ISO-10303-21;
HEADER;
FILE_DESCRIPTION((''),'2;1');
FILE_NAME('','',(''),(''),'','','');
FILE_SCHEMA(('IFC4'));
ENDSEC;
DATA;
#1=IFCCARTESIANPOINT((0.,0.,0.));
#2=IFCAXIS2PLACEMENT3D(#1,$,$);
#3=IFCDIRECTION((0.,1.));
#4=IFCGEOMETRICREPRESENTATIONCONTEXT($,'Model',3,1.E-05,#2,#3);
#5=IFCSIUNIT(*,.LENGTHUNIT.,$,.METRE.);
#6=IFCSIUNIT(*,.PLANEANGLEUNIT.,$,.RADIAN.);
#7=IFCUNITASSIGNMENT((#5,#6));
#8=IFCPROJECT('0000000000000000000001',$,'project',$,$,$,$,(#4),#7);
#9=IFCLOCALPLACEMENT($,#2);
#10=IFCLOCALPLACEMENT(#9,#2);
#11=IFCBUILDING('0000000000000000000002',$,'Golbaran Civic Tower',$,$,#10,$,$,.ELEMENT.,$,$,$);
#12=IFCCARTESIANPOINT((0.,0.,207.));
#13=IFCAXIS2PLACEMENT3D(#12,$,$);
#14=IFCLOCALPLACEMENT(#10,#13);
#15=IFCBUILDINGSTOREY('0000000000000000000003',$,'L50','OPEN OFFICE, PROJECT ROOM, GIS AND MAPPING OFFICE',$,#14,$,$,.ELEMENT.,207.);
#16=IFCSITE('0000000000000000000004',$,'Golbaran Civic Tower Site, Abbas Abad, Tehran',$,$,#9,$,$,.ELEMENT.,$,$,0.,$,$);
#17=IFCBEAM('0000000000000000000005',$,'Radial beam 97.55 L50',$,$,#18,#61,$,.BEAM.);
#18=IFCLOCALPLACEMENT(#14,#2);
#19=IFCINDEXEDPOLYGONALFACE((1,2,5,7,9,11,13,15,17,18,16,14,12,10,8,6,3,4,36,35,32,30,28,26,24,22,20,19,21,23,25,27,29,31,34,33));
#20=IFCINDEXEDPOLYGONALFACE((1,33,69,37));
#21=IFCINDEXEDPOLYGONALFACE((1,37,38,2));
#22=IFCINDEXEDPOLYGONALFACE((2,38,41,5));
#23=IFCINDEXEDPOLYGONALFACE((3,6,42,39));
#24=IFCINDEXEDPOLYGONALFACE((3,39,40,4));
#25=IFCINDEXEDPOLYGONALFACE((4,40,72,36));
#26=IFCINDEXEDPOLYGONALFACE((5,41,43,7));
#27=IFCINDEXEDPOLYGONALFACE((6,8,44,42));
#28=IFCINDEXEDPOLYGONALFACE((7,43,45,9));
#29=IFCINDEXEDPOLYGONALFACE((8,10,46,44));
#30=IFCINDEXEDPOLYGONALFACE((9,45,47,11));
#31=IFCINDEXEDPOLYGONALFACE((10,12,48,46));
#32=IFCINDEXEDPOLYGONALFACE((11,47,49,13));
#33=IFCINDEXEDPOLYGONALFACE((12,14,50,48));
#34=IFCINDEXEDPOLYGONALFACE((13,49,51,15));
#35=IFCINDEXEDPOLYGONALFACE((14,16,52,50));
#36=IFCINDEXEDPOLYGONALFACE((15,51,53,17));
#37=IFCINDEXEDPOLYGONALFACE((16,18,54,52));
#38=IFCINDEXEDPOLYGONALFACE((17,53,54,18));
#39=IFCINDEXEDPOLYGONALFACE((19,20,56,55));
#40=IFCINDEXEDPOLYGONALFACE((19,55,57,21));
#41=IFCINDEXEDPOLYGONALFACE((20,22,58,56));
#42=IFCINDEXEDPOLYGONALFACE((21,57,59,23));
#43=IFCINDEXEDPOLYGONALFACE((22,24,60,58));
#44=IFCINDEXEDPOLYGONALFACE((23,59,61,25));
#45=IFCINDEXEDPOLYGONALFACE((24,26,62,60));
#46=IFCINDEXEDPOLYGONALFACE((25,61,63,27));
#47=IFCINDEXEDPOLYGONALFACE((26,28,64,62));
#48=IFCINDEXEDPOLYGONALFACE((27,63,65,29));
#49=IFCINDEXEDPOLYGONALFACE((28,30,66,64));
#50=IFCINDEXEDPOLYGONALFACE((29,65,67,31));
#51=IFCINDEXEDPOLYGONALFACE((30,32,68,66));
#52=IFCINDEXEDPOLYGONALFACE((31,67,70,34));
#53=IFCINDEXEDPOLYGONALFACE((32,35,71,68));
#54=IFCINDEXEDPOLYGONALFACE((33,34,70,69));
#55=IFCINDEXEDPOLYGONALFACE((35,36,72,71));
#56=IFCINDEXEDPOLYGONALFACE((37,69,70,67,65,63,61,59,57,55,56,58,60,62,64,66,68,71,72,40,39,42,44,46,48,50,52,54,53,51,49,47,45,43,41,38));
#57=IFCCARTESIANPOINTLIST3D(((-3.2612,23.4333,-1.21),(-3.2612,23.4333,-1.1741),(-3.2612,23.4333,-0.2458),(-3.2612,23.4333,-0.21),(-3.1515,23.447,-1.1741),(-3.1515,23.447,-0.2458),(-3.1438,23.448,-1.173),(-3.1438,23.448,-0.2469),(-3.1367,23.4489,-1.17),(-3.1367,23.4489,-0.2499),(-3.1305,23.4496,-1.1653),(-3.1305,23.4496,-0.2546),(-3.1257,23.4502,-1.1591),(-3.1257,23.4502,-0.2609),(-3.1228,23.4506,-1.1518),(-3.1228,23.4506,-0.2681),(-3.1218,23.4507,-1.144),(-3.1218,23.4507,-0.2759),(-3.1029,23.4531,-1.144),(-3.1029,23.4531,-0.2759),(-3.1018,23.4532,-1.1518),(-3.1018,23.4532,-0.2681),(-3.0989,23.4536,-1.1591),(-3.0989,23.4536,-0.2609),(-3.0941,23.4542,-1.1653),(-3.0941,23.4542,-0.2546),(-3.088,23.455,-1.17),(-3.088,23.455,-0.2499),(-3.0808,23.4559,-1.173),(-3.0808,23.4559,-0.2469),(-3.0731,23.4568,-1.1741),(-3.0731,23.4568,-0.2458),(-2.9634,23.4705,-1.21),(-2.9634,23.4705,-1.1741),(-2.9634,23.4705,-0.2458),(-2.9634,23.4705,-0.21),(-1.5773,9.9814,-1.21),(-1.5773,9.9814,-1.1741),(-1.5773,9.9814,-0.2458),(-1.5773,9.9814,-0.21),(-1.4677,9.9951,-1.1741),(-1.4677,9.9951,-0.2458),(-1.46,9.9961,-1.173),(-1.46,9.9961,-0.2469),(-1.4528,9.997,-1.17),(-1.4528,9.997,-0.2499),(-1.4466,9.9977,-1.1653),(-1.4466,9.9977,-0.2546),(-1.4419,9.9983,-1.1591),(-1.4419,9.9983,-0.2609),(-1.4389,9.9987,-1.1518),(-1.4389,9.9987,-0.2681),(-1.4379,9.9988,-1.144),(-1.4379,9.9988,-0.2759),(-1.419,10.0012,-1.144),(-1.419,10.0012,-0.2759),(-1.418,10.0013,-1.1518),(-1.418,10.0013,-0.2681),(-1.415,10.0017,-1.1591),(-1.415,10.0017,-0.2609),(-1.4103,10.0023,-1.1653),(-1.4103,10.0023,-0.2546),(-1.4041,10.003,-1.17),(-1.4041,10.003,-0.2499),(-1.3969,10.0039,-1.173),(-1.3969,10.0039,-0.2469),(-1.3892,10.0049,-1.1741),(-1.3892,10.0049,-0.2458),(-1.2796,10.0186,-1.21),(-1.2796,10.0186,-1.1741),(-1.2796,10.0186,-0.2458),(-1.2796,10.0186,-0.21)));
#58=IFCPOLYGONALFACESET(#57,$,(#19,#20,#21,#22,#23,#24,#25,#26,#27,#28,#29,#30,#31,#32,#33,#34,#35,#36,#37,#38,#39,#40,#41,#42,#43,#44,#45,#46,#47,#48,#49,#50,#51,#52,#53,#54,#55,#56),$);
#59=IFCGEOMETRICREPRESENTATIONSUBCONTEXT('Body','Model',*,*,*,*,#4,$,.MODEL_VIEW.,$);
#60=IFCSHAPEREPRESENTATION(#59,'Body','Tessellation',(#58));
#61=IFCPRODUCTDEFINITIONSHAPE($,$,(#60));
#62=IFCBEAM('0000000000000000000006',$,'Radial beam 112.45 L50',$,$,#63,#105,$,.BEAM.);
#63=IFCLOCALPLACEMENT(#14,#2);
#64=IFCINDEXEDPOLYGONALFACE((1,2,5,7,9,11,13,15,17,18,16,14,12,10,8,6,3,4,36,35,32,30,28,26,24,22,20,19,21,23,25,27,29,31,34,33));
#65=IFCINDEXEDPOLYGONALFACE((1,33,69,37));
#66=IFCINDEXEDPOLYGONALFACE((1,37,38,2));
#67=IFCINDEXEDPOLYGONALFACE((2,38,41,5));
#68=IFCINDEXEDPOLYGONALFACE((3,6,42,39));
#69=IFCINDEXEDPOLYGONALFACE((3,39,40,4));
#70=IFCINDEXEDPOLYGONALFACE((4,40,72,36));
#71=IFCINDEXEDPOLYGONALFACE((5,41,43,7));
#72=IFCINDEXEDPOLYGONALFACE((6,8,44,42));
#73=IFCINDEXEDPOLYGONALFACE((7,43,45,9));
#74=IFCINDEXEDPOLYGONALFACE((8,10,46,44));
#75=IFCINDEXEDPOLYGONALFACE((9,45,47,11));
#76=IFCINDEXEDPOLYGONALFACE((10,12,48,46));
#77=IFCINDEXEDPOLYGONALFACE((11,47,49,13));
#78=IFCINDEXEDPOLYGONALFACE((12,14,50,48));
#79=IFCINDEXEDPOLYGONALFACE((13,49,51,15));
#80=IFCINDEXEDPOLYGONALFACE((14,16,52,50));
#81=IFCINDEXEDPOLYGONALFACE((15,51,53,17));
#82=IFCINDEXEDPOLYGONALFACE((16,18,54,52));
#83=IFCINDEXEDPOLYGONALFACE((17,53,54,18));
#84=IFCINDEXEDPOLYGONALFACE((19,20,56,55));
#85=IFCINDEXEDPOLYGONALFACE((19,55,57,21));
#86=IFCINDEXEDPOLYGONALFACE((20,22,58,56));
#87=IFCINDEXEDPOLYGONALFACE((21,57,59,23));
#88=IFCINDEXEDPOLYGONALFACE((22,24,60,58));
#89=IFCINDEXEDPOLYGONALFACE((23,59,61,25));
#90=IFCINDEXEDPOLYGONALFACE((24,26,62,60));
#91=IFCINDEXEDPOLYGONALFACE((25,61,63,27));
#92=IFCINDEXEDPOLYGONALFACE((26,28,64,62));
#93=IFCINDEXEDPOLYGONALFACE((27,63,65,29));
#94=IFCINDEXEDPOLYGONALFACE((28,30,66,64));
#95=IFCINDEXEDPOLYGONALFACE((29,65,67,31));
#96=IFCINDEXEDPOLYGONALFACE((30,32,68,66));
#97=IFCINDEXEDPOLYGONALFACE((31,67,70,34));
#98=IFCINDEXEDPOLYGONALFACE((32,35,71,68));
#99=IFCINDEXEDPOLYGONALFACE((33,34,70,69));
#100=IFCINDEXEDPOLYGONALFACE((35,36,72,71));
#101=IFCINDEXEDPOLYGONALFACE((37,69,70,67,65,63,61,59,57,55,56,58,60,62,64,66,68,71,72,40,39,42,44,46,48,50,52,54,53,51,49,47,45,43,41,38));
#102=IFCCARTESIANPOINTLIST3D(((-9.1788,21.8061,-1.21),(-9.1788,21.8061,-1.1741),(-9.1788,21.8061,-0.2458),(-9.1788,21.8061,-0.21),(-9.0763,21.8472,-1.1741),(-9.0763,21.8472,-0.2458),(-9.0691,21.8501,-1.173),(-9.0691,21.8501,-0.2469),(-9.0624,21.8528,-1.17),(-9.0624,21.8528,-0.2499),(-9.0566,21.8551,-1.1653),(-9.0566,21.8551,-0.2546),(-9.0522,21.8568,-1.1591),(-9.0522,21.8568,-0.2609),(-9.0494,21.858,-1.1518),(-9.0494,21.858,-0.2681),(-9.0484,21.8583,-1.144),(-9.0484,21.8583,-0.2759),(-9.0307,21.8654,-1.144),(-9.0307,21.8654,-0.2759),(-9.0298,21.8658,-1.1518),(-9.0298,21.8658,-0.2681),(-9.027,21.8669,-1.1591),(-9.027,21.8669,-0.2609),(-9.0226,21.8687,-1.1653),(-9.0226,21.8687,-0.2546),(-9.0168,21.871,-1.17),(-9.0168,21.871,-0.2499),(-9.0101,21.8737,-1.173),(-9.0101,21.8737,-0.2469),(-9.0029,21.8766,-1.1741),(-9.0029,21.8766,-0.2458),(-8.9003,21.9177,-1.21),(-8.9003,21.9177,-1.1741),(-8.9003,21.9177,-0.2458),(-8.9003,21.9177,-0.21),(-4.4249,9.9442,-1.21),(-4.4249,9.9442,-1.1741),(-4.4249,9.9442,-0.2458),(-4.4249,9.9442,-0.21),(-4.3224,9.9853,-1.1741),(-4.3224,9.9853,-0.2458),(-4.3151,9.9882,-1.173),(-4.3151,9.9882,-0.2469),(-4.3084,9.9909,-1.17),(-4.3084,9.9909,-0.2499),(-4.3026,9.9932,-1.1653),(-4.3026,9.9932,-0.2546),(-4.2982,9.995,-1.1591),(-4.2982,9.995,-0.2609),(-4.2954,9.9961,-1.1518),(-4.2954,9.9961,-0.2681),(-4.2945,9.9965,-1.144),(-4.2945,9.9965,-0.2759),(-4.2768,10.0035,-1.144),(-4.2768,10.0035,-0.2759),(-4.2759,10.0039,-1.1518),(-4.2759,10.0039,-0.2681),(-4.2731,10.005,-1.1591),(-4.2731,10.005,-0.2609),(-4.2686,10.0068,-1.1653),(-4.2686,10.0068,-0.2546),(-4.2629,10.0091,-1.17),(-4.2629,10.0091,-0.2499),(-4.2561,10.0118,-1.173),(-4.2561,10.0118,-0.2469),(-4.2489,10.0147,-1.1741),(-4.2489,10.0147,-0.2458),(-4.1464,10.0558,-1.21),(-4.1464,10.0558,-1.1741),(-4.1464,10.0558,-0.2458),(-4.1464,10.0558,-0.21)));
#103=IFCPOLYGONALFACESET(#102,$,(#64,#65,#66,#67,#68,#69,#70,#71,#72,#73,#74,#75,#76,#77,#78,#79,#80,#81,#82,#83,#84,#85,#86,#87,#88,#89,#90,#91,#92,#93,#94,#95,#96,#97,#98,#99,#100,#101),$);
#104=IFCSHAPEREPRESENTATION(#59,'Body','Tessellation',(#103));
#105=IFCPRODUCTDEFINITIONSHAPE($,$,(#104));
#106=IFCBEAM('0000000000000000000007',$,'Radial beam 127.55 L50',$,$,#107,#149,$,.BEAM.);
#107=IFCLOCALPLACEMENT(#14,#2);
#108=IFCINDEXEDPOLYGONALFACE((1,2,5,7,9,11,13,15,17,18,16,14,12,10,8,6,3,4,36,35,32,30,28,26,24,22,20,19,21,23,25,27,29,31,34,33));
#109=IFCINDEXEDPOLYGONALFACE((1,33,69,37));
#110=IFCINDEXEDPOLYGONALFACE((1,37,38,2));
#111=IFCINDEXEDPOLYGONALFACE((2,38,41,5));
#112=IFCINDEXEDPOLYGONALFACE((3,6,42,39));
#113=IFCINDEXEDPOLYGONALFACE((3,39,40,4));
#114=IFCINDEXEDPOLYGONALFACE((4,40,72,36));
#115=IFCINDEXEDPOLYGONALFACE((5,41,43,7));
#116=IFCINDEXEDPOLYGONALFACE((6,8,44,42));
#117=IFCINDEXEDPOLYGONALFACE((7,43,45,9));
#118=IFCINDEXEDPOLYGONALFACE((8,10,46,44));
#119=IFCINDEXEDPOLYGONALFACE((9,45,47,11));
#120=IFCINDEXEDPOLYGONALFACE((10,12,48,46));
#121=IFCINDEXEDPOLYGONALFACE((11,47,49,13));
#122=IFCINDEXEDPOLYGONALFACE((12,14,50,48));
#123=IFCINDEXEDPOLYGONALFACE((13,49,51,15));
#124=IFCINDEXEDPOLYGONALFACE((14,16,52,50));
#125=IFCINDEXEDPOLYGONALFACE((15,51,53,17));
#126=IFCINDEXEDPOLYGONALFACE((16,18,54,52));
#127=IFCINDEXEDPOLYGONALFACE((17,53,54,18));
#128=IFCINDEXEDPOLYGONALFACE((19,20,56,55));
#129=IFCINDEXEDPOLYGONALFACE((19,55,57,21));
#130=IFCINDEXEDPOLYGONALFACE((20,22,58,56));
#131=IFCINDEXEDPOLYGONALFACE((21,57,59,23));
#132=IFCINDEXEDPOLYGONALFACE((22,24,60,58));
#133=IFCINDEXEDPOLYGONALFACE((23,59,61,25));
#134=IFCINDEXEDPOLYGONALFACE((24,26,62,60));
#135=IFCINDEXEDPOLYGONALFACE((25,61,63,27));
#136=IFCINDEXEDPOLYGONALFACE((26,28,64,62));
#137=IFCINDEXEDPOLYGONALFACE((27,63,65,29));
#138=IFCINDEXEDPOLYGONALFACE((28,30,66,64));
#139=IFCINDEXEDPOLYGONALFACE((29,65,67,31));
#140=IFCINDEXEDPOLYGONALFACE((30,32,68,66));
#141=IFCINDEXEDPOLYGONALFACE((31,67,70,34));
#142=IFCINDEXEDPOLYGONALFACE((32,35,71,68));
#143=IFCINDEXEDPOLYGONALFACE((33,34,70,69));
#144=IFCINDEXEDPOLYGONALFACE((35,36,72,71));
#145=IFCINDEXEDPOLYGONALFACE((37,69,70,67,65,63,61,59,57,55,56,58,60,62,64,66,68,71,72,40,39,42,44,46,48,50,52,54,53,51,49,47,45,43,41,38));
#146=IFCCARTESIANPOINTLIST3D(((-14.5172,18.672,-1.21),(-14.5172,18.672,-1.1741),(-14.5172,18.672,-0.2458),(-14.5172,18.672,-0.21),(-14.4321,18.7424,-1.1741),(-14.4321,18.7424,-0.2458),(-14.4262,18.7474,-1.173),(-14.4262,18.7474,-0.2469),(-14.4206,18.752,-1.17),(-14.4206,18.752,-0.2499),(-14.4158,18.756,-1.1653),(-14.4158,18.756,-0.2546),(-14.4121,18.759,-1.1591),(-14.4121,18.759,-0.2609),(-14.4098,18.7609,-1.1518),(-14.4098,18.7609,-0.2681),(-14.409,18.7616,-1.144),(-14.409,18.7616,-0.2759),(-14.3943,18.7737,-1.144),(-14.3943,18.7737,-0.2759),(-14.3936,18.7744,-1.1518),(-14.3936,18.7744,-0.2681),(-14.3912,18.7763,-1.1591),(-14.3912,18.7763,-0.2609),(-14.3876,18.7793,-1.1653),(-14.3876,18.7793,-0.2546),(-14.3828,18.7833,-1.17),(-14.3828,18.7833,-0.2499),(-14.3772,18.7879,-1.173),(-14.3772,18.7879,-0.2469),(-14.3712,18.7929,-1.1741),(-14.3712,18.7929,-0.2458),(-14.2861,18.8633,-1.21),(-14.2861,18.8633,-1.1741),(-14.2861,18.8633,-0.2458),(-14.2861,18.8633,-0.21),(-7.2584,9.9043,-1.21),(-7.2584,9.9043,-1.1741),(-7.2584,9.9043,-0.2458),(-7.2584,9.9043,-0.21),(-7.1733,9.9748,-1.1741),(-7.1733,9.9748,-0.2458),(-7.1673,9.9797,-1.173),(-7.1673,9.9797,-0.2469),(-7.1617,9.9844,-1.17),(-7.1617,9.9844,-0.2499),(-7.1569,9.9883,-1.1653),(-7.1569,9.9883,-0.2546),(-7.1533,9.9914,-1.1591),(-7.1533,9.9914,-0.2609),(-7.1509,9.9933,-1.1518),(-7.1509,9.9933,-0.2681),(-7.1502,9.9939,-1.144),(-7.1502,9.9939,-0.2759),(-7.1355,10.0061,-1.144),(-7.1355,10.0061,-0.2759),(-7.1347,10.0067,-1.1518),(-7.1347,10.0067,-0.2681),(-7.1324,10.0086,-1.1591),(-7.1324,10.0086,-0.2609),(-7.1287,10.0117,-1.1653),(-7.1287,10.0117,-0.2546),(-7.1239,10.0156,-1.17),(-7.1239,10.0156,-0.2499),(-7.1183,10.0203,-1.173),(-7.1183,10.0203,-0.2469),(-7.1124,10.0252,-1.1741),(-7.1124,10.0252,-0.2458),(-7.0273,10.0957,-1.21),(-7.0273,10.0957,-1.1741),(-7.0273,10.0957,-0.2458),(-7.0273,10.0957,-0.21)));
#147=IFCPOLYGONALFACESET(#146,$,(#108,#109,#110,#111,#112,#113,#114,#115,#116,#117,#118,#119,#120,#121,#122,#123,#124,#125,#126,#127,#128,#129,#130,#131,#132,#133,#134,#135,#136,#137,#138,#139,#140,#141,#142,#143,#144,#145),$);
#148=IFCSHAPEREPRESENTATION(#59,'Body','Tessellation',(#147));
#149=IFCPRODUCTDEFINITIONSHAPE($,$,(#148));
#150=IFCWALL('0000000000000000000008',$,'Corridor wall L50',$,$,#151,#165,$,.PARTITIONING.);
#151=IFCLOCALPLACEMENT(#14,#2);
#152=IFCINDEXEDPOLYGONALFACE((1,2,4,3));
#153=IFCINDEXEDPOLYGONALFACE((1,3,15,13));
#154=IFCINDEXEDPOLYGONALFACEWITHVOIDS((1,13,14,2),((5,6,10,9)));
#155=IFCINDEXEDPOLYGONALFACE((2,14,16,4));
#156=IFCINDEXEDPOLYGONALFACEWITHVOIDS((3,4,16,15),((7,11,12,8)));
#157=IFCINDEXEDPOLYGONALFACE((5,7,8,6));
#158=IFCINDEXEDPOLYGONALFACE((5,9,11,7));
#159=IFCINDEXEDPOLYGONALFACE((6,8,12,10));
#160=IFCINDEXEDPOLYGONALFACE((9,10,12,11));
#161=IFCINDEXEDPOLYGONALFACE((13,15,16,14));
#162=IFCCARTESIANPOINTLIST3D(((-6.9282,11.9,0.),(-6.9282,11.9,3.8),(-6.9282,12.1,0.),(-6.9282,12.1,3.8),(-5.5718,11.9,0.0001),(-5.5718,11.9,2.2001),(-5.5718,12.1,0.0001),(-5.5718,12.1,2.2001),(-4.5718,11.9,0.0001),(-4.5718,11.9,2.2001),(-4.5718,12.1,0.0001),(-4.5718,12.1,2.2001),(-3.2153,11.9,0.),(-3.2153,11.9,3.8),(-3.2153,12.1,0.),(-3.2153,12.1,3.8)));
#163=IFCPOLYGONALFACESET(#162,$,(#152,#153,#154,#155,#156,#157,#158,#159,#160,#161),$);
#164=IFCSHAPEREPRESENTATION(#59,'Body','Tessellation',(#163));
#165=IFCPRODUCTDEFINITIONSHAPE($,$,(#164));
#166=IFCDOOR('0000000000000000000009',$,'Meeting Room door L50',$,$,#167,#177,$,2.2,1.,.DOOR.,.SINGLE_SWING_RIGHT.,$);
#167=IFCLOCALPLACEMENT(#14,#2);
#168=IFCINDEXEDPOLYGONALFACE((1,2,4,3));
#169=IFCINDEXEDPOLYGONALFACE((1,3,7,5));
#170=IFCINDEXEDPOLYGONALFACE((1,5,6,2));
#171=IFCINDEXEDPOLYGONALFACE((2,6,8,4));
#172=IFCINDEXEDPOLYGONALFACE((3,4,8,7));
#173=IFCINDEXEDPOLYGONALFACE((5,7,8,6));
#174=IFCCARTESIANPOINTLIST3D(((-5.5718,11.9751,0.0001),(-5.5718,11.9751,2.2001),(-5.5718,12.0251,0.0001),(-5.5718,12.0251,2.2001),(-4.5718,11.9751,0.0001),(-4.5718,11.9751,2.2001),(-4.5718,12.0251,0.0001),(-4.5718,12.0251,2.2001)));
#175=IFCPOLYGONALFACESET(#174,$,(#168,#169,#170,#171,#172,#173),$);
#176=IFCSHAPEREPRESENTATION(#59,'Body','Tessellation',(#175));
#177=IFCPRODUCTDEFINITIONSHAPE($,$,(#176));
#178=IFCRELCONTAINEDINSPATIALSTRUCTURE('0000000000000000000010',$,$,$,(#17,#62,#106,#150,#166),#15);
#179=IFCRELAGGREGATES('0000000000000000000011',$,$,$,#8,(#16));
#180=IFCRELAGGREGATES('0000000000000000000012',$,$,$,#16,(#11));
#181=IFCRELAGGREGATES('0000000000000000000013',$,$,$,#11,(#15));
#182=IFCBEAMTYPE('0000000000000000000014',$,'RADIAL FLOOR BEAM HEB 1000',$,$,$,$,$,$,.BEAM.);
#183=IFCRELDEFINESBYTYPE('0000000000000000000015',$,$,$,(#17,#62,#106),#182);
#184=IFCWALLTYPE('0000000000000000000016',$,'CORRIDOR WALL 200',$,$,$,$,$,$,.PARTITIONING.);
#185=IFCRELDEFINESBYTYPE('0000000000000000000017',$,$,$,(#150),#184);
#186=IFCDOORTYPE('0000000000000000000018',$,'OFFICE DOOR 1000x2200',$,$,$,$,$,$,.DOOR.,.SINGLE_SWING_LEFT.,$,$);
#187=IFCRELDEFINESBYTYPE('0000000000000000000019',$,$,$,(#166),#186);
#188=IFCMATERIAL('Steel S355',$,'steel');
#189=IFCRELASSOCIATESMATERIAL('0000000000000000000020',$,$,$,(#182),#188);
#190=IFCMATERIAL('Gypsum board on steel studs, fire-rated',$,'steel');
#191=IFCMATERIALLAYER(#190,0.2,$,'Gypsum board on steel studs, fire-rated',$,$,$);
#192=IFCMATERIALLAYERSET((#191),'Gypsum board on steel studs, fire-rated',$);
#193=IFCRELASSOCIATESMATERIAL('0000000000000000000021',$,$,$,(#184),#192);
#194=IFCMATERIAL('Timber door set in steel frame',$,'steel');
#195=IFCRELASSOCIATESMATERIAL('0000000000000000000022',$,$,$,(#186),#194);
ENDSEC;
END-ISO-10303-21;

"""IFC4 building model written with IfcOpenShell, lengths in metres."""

from ifc_helpers import new_model, si_unit, direction, frame, frame_2d, origin, origin_2d, place, context, subcontext, project, spatial, rectangle, i_section, extrude, material, layer, layer_set, material_profile, profile_set, type_object, element, fill, save


model = new_model("IFC4")

# Units and contexts
model_context = context("Model", 3, precision=1e-05, world=origin(), true_north=direction((0.0, 1.0)))
body_context = subcontext(model_context, "Body", "Model", "MODEL_VIEW")
ifc_project = project(units=[si_unit("LENGTHUNIT", "METRE"), si_unit("PLANEANGLEUNIT", "RADIAN")], contexts=[model_context])

# Site, building, storey
site_placement = place(None, origin())
site = spatial("IfcSite", under=ifc_project, at=site_placement, Name="Golbaran Civic Tower Site, Abbas Abad, Tehran", CompositionType="ELEMENT", RefElevation=0.0)
building_placement = place(site_placement, origin())
building = spatial("IfcBuilding", under=site, at=building_placement, Name="Golbaran Civic Tower", CompositionType="ELEMENT")
storey_placement = place(building_placement, frame((0.0, 0.0, 207.0)))
storey = spatial("IfcBuildingStorey", under=building, at=storey_placement, Name="L50", Description="OPEN OFFICE, PROJECT ROOM, GIS AND MAPPING OFFICE", CompositionType="ELEMENT", Elevation=207.0)

# Beams
ifc_material_1 = material(Name="Steel S355", Category="steel")
ifc_material_profile_1 = material_profile(ifc_material_1, i_section(OverallWidth=0.3, OverallDepth=1.0, WebThickness=0.019, FlangeThickness=0.0359, FilletRadius=0.03, at=origin_2d()), Name="HEB 1000")
ifc_profile_set_1 = profile_set([ifc_material_profile_1], Name="Steel S355")
beam_type_1 = type_object("IfcBeamType", Name="RADIAL FLOOR BEAM HEB 1000", PredefinedType="BEAM", material=ifc_profile_set_1)
beam_1_placement = place(storey_placement, frame((-1.4285, 10.0, -0.71), z_axis=(-0.124205, 0.992257, 0.0), x_axis=(-0.992257, -0.124205, 0.0)))
element("IfcBeam", 1, at=beam_1_placement, inside=storey, type_object=beam_type_1, Name="Radial beam 97.55 L50", PredefinedType="BEAM", context=body_context, shape_type="SweptSolid", body=[
    extrude(i_section(OverallWidth=0.3, OverallDepth=1.0, WebThickness=0.019, FlangeThickness=0.0359, FilletRadius=0.03, at=origin_2d()), origin(), (0.0, 0.0, 1.0), 13.5569),
])
beam_2_placement = place(storey_placement, frame((-4.2856, 10.0, -0.71), z_axis=(-0.37201, 0.928229, 0.0), x_axis=(-0.928229, -0.37201, 0.0)))
element("IfcBeam", 2, at=beam_2_placement, inside=storey, type_object=beam_type_1, Name="Radial beam 112.45 L50", PredefinedType="BEAM", context=body_context, shape_type="SweptSolid", body=[
    extrude(i_section(OverallWidth=0.3, OverallDepth=1.0, WebThickness=0.019, FlangeThickness=0.0359, FilletRadius=0.03, at=origin_2d()), origin(), (0.0, 0.0, 1.0), 12.7791),
])
beam_3_placement = place(storey_placement, frame((-7.1428, 10.0, -0.71), z_axis=(-0.637717, 0.770271, 0.0), x_axis=(-0.770271, -0.637717, 0.0)))
element("IfcBeam", 3, at=beam_3_placement, inside=storey, type_object=beam_type_1, Name="Radial beam 127.55 L50", PredefinedType="BEAM", context=body_context, shape_type="SweptSolid", body=[
    extrude(i_section(OverallWidth=0.3, OverallDepth=1.0, WebThickness=0.019, FlangeThickness=0.0359, FilletRadius=0.03, at=origin_2d()), origin(), (0.0, 0.0, 1.0), 11.3826),
])

# Wall, opening, door
ifc_material_2 = material(Name="Gypsum board on steel studs, fire-rated", Category="steel")
ifc_layer_1 = layer(ifc_material_2, 0.2, Name="Gypsum board on steel studs, fire-rated")
ifc_layer_set_1 = layer_set([ifc_layer_1], Name="Gypsum board on steel studs, fire-rated")
wall_type_1 = type_object("IfcWallType", Name="CORRIDOR WALL 200", PredefinedType="PARTITIONING", material=ifc_layer_set_1)
wall_1_placement = place(storey_placement, frame((-3.2153, 12.0, 0.0), z_axis=(0.0, 0.0, 1.0), x_axis=(-1.0, 0.0, 0.0)))
wall_1 = element("IfcWall", 4, at=wall_1_placement, inside=storey, type_object=wall_type_1, Name="Corridor wall L50", PredefinedType="PARTITIONING", context=body_context, shape_type="SweptSolid", body=[
    extrude(rectangle(XDim=3.7129, YDim=0.2, at=frame_2d((1.8564, 0.0))), origin(), (0.0, 0.0, 1.0), 3.8),
])
opening_1_placement = place(wall_1_placement, frame((1.3564, 0.0, 0.0)))
opening_1 = element("IfcOpeningElement", 5, at=opening_1_placement, cuts=wall_1, PredefinedType="OPENING", context=body_context, shape_type="SweptSolid", body=[
    extrude(rectangle(XDim=1.0, YDim=2.2, at=frame_2d((0.5, 1.1001))), frame((0.0, 0.1099, 0.0), z_axis=(0.0, -1.0, 0.0), x_axis=(1.0, 0.0, 0.0)), (0.0, 0.0, 1.0), 0.22),
])
ifc_material_3 = material(Name="Timber door set in steel frame", Category="steel")
door_type_1 = type_object("IfcDoorType", Name="OFFICE DOOR 1000x2200", OperationType="SINGLE_SWING_LEFT", PredefinedType="DOOR", material=ifc_material_3)
door_1_placement = place(opening_1_placement, origin())
door_1 = element("IfcDoor", 6, at=door_1_placement, inside=storey, type_object=door_type_1, Name="Meeting Room door L50", OperationType="SINGLE_SWING_RIGHT", OverallHeight=2.2, OverallWidth=1.0, PredefinedType="DOOR", context=body_context, shape_type="SweptSolid", body=[
    extrude(rectangle(XDim=1.0, YDim=2.2, at=frame_2d((0.5, 1.1001))), frame((0.0, 0.0249, 0.0), z_axis=(0.0, -1.0, 0.0), x_axis=(1.0, 0.0, 0.0)), (0.0, 0.0, 1.0), 0.05),
])
fill(opening_1, door_1)

save(model, "model.ifc")
